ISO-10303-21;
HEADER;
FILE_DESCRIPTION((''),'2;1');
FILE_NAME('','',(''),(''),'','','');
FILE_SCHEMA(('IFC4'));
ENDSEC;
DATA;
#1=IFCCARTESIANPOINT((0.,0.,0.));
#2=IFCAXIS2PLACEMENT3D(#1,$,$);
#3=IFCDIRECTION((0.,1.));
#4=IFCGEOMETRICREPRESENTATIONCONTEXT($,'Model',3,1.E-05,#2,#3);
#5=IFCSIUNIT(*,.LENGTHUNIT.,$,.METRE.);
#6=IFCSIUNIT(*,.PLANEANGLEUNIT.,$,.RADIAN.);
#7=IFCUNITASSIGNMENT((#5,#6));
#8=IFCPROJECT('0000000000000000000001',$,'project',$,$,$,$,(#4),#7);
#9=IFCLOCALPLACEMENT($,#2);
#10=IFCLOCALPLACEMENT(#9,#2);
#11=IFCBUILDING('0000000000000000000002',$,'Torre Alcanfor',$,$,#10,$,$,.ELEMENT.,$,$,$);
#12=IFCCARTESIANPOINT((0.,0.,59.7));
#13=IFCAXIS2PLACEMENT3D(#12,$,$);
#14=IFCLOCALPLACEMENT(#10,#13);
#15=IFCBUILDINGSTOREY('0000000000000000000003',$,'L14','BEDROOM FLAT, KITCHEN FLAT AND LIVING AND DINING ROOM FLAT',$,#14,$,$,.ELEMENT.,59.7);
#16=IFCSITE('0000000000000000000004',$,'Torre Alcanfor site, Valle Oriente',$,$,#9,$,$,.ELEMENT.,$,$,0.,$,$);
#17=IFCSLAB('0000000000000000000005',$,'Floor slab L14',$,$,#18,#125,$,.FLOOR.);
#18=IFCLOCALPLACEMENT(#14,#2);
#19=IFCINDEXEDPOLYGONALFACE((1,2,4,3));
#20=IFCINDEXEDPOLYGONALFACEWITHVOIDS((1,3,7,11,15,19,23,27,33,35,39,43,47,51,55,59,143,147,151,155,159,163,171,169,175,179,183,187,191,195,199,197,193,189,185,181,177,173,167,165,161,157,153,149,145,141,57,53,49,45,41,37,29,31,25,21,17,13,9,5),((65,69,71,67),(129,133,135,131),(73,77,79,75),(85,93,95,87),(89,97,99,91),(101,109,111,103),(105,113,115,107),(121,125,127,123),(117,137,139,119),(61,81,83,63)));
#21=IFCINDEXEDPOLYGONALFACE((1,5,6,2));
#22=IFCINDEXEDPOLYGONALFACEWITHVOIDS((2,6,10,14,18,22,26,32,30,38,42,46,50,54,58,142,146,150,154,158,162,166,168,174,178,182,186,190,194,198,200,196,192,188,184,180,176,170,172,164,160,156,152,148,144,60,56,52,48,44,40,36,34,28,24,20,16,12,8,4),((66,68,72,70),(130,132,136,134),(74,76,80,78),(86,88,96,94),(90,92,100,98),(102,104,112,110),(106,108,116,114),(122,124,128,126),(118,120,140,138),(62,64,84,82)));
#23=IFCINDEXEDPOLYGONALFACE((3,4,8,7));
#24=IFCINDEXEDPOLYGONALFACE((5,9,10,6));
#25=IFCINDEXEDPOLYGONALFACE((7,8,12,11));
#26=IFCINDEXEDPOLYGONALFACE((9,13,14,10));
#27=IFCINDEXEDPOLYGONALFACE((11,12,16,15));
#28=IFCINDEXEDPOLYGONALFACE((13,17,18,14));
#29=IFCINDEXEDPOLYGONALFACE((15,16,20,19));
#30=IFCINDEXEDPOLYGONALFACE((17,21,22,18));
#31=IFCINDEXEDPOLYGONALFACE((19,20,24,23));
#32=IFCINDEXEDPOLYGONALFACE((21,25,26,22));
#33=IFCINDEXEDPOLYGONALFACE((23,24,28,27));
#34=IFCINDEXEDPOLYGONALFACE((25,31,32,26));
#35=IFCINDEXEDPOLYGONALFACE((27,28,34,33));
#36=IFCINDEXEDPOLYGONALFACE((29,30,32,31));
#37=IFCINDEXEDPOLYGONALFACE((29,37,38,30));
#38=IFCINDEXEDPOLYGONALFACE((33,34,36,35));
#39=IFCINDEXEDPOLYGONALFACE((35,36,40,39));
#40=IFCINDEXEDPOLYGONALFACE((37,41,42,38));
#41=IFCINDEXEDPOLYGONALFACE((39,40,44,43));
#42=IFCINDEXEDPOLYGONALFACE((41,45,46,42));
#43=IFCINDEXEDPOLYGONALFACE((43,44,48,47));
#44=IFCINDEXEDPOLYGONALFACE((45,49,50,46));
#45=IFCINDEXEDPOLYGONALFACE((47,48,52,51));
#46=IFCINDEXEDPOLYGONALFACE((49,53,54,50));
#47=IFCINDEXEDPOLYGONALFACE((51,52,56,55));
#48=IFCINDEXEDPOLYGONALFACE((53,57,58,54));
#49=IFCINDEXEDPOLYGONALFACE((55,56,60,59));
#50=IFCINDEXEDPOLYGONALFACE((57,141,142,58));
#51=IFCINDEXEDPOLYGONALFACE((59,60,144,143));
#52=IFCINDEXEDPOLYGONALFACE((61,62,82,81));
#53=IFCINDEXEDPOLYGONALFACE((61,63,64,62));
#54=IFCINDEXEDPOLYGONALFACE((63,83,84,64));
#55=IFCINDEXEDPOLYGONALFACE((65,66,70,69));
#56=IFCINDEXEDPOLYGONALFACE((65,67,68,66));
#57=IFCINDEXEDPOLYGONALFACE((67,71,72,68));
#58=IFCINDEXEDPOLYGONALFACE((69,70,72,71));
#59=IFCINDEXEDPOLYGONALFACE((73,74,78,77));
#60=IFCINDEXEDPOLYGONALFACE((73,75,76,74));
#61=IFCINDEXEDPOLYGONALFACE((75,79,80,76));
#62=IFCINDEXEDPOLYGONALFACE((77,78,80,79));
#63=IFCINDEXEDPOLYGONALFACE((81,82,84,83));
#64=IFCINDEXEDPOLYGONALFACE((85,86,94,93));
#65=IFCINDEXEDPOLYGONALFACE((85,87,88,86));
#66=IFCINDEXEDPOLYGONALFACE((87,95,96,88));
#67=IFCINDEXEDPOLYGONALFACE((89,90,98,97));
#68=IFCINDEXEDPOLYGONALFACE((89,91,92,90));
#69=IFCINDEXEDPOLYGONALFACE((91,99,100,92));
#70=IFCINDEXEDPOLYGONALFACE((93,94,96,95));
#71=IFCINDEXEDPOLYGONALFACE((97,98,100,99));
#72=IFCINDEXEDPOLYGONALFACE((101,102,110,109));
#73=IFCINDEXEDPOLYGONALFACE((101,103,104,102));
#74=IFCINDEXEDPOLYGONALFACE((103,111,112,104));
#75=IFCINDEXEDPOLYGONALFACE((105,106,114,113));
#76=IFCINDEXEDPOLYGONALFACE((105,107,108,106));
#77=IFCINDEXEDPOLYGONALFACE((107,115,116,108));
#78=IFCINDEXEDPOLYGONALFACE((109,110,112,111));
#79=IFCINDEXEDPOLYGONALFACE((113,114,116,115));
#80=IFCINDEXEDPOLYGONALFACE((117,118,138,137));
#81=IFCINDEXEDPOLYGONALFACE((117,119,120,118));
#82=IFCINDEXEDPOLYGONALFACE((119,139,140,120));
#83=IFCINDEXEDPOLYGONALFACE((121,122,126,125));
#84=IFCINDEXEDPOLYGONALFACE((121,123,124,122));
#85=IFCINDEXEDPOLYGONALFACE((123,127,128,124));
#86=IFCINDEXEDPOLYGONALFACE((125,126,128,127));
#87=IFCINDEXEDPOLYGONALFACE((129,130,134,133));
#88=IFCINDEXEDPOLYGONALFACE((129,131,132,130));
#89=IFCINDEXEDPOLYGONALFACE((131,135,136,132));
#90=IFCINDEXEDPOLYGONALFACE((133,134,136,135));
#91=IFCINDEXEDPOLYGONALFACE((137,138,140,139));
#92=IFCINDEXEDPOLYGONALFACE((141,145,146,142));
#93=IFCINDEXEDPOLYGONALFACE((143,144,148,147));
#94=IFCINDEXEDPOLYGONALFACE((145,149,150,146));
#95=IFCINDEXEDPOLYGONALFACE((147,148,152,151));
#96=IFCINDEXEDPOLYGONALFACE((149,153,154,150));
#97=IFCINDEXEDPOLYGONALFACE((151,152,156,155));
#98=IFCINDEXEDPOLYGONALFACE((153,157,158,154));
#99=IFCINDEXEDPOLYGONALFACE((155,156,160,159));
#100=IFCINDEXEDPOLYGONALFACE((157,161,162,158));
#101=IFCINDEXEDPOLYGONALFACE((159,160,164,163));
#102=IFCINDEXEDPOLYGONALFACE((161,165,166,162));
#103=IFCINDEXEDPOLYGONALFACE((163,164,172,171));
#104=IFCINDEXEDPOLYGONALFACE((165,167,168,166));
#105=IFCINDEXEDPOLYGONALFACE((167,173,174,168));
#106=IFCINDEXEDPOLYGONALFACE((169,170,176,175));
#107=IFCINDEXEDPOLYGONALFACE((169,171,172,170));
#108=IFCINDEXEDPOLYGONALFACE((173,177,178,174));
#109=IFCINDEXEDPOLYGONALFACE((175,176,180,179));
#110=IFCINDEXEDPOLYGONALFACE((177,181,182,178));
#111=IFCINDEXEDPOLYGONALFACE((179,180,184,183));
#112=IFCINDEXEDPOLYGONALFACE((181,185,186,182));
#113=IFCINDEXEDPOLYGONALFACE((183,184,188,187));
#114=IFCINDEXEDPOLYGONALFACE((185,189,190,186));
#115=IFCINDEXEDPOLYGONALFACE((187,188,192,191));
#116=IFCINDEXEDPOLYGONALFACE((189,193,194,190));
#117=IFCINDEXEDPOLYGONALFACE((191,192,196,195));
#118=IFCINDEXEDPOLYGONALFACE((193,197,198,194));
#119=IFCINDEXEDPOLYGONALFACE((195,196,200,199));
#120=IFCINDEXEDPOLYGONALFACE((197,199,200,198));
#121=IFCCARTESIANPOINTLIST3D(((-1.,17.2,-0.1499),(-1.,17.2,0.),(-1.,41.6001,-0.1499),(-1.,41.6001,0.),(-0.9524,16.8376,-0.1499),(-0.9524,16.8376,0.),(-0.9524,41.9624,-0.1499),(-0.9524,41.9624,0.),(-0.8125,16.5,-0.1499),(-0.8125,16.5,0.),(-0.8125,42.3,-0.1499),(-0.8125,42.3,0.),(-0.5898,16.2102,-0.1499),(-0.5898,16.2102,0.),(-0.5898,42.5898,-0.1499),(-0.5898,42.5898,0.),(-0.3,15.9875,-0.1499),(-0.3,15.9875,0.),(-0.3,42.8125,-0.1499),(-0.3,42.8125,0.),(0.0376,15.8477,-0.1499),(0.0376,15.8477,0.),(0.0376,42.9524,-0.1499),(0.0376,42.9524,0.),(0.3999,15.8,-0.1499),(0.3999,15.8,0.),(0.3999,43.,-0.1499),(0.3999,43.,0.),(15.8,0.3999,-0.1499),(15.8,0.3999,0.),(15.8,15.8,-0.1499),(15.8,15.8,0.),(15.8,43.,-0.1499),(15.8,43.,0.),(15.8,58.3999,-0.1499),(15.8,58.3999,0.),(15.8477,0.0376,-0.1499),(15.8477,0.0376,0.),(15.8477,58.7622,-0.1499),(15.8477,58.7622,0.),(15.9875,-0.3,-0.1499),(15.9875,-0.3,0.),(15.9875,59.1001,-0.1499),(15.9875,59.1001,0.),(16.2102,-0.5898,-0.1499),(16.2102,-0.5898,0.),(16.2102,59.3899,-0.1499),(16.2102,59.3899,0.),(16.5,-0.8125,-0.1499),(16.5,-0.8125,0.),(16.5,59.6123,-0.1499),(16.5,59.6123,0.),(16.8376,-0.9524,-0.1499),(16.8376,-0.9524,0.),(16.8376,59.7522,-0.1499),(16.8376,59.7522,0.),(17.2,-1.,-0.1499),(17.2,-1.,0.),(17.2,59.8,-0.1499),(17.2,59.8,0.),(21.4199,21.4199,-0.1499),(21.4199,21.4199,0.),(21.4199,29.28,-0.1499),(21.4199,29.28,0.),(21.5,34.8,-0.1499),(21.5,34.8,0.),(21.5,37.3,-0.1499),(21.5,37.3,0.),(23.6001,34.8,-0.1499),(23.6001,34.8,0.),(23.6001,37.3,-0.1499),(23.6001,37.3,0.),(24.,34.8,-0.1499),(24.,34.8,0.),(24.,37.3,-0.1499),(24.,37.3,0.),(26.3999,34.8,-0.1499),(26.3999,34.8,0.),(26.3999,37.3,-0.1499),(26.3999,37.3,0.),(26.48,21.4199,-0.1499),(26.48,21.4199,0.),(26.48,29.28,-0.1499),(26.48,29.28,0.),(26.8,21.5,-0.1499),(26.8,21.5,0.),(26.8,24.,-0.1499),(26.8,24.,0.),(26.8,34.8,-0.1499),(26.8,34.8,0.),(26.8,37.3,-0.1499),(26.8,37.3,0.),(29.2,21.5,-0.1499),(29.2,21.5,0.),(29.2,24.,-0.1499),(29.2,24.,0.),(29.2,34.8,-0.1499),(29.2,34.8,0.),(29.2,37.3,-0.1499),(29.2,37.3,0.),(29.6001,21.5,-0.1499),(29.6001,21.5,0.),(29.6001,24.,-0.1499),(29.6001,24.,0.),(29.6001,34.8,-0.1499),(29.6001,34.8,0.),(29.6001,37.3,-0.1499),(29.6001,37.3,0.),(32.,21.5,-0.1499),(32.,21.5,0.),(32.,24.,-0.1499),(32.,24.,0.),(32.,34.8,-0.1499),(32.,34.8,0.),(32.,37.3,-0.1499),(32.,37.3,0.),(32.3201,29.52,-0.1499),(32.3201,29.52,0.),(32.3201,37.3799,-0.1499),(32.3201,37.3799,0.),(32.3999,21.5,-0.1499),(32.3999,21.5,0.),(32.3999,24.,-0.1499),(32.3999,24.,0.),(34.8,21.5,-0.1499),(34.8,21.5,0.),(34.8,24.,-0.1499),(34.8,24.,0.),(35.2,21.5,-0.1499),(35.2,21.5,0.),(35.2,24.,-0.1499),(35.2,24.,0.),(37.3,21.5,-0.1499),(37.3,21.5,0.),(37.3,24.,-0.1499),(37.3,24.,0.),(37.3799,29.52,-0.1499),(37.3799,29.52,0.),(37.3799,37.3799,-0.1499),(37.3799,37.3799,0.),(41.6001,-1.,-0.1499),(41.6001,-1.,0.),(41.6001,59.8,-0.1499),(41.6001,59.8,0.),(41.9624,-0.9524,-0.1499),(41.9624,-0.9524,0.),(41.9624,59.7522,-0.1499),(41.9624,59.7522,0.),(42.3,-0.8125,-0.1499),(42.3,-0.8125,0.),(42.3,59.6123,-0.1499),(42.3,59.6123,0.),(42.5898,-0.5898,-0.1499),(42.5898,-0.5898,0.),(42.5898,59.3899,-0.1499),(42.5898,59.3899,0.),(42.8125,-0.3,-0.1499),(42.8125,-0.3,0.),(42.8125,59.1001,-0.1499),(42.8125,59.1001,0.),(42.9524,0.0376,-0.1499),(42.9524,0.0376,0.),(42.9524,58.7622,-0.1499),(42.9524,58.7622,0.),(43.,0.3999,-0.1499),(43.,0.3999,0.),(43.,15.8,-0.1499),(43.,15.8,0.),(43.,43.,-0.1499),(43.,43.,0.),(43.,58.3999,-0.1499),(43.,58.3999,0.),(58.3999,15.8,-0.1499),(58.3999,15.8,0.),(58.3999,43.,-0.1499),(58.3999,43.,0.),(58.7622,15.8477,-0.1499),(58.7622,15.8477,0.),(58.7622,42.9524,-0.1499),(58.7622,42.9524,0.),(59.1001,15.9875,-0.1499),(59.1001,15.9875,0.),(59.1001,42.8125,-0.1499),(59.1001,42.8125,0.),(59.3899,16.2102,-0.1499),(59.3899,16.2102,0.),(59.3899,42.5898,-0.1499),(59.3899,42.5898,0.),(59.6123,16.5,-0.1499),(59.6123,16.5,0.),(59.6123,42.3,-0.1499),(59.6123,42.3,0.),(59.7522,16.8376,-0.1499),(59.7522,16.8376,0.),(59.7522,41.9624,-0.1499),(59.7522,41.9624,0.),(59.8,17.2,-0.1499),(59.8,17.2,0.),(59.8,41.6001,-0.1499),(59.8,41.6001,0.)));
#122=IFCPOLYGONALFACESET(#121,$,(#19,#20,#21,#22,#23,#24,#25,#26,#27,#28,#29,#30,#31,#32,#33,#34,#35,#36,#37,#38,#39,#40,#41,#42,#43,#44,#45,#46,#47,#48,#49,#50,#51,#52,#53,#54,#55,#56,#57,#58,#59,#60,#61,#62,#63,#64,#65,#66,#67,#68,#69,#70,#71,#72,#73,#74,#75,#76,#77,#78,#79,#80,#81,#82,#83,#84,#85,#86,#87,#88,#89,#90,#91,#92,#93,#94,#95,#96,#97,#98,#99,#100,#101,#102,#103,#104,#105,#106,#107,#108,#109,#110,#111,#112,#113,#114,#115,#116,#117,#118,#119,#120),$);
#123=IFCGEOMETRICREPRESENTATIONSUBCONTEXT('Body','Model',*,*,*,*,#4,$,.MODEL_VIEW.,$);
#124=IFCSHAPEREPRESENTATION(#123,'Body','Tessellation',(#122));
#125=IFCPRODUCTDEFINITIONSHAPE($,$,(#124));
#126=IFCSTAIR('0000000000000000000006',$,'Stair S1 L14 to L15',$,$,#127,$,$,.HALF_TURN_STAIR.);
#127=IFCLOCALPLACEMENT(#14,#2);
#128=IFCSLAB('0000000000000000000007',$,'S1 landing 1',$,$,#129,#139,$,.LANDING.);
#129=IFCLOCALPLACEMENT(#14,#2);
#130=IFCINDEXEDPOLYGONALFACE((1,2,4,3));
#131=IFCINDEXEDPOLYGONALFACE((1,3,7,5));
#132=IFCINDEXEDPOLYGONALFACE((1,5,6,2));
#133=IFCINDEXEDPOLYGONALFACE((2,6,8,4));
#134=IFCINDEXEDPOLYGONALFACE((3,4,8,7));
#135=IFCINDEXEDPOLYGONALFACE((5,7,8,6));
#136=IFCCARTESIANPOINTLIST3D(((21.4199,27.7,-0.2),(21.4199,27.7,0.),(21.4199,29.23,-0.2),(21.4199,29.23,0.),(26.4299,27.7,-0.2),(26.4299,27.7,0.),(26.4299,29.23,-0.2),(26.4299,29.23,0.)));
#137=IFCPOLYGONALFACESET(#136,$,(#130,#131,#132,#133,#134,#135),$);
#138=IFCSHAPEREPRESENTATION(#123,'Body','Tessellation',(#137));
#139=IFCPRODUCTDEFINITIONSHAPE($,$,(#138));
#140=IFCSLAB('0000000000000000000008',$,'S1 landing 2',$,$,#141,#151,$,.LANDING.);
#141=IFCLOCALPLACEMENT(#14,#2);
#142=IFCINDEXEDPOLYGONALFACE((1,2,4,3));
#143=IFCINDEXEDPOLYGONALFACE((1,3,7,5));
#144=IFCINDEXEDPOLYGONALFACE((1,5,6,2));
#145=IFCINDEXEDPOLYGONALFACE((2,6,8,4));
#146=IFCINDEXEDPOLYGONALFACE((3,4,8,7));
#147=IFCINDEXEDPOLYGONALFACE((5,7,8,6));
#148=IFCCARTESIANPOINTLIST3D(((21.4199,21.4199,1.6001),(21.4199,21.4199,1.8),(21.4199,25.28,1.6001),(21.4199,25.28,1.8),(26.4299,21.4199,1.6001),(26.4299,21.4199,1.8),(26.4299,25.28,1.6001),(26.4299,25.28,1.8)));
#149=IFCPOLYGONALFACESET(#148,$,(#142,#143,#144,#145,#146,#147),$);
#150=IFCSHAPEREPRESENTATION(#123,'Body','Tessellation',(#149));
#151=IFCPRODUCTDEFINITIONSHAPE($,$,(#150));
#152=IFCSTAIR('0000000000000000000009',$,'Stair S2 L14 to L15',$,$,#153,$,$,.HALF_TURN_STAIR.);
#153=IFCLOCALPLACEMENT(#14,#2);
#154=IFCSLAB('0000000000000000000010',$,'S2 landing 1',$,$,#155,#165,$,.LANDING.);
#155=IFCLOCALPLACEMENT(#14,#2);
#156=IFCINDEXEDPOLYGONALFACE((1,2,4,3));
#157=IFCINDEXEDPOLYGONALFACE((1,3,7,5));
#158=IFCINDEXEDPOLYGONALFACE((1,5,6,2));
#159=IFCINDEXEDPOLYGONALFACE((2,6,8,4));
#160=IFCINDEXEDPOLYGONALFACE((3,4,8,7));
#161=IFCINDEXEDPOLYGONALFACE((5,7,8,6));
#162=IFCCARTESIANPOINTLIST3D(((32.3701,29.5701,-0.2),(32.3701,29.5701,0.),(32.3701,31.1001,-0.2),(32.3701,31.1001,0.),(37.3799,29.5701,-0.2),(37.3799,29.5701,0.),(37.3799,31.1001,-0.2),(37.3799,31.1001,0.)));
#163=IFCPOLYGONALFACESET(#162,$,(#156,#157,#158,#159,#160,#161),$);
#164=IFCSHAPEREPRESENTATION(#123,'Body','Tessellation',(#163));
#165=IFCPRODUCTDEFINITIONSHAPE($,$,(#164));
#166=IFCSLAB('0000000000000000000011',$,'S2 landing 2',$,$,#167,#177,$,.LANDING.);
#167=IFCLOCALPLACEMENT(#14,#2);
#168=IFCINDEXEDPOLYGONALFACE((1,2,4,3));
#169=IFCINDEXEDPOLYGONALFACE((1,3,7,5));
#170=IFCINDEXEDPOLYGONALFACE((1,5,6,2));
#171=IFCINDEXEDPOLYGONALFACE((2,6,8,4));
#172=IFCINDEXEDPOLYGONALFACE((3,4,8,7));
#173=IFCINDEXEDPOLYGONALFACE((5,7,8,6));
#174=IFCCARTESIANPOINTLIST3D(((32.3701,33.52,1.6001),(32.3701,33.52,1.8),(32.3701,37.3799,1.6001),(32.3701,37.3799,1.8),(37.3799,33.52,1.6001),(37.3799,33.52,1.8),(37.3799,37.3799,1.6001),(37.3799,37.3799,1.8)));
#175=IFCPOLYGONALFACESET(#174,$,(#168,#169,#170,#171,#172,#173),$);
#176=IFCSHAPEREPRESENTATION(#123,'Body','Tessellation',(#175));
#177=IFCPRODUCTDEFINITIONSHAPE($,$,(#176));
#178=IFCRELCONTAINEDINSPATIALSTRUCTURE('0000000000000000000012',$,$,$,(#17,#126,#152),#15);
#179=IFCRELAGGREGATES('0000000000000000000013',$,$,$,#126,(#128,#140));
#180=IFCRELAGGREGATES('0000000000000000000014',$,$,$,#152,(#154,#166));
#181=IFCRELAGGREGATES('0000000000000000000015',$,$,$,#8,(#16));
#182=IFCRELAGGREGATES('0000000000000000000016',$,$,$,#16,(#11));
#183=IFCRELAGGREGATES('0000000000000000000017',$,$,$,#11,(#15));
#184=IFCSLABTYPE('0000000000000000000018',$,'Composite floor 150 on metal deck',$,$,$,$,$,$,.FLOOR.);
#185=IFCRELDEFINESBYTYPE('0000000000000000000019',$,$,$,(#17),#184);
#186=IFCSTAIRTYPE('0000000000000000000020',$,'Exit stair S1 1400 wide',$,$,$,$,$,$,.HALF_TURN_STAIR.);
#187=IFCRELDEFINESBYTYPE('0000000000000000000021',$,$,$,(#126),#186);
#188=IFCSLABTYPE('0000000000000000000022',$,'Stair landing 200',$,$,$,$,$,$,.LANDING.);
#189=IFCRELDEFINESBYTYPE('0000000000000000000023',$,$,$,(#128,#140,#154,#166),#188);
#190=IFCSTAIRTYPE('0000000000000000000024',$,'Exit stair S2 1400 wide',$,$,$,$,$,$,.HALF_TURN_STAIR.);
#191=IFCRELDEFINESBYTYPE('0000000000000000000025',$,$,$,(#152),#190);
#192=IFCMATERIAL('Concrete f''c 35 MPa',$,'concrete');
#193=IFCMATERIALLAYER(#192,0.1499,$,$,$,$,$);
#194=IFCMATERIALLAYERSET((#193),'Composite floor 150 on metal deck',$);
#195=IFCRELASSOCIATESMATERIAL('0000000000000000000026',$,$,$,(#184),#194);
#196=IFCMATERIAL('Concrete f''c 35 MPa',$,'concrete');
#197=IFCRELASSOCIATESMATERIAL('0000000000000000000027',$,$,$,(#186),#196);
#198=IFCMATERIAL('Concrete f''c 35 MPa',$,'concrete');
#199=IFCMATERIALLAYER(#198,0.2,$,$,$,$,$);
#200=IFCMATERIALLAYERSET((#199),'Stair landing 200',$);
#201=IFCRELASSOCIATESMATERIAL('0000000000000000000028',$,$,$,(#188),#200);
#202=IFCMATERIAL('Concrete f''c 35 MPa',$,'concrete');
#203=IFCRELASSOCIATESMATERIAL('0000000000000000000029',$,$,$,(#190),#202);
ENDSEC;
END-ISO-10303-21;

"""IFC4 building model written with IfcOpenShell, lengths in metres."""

from ifc_helpers import new_model, si_unit, direction, frame, origin, place, context, subcontext, project, spatial, polyline, outline, extrude, material, layer, layer_set, type_object, element, aggregate, save


model = new_model("IFC4")

# Units and contexts
model_context = context("Model", 3, precision=1e-05, world=origin(), true_north=direction((0.0, 1.0)))
body_context = subcontext(model_context, "Body", "Model", "MODEL_VIEW")
ifc_project = project(units=[si_unit("LENGTHUNIT", "METRE"), si_unit("PLANEANGLEUNIT", "RADIAN")], contexts=[model_context])

# Site, building, storey
site_placement = place(None, origin())
site = spatial("IfcSite", under=ifc_project, at=site_placement, Name="Torre Alcanfor site, Valle Oriente", CompositionType="ELEMENT", RefElevation=0.0)
building_placement = place(site_placement, origin())
building = spatial("IfcBuilding", under=site, at=building_placement, Name="Torre Alcanfor", CompositionType="ELEMENT")
storey_placement = place(building_placement, frame((0.0, 0.0, 59.7)))
storey = spatial("IfcBuildingStorey", under=building, at=storey_placement, Name="L14", Description="BEDROOM FLAT, KITCHEN FLAT AND LIVING AND DINING ROOM FLAT", CompositionType="ELEMENT", Elevation=59.7)

# Slab
ifc_material_1 = material(Name="Concrete f'c 35 MPa", Category="concrete")
ifc_layer_1 = layer(ifc_material_1, 0.1499)
ifc_layer_set_1 = layer_set([ifc_layer_1], Name="Composite floor 150 on metal deck")
slab_type_1 = type_object("IfcSlabType", Name="Composite floor 150 on metal deck", PredefinedType="FLOOR", material=ifc_layer_set_1)
slab_1_placement = place(storey_placement, frame((0.0, 0.0, -0.1499)))
element("IfcSlab", 1, at=slab_1_placement, inside=storey, type_object=slab_type_1, Name="Floor slab L14", PredefinedType="FLOOR", context=body_context, shape_type="SweptSolid", body=[
    extrude(outline(polyline([(15.8, 43.0), (0.3999, 43.0), (0.0376, 42.9524), (-0.3, 42.8125), (-0.5898, 42.5898), (-0.8125, 42.3), (-0.9524, 41.9624), (-1.0, 41.6001), (-1.0, 17.2), (-0.9524, 16.8376), (-0.8125, 16.5), (-0.5898, 16.2102), (-0.3, 15.9875), (0.0376, 15.8477), (0.3999, 15.8), (15.8, 15.8), (15.8, 0.3999), (15.8477, 0.0376), (15.9875, -0.3), (16.2102, -0.5898), (16.5, -0.8125), (16.8376, -0.9524), (17.2, -1.0), (41.6001, -1.0), (41.9624, -0.9524), (42.3, -0.8125), (42.5898, -0.5898), (42.8125, -0.3), (42.9524, 0.0376), (43.0, 0.3999), (43.0, 15.8), (58.3999, 15.8), (58.7622, 15.8477), (59.1001, 15.9875), (59.3899, 16.2102), (59.6123, 16.5), (59.7522, 16.8376), (59.8, 17.2), (59.8, 41.6001), (59.7522, 41.9624), (59.6123, 42.3), (59.3899, 42.5898), (59.1001, 42.8125), (58.7622, 42.9524), (58.3999, 43.0), (43.0, 43.0), (43.0, 58.3999), (42.9524, 58.7622), (42.8125, 59.1001), (42.5898, 59.3899), (42.3, 59.6123), (41.9624, 59.7522), (41.6001, 59.8), (17.2, 59.8), (16.8376, 59.7522), (16.5, 59.6123), (16.2102, 59.3899), (15.9875, 59.1001), (15.8477, 58.7622), (15.8, 58.3999), (15.8, 43.0)]), holes=[polyline([(21.4199, 21.4199), (26.48, 21.4199), (26.48, 29.28), (21.4199, 29.28), (21.4199, 21.4199)]), polyline([(32.3201, 29.52), (37.3799, 29.52), (37.3799, 37.3799), (32.3201, 37.3799), (32.3201, 29.52)]), polyline([(26.8, 21.5), (29.2, 21.5), (29.2, 24.0), (26.8, 24.0), (26.8, 21.5)]), polyline([(29.6001, 21.5), (32.0, 21.5), (32.0, 24.0), (29.6001, 24.0), (29.6001, 21.5)]), polyline([(32.3999, 21.5), (34.8, 21.5), (34.8, 24.0), (32.3999, 24.0), (32.3999, 21.5)]), polyline([(35.2, 21.5), (37.3, 21.5), (37.3, 24.0), (35.2, 24.0), (35.2, 21.5)]), polyline([(21.5, 34.8), (23.6001, 34.8), (23.6001, 37.3), (21.5, 37.3), (21.5, 34.8)]), polyline([(24.0, 34.8), (26.3999, 34.8), (26.3999, 37.3), (24.0, 37.3), (24.0, 34.8)]), polyline([(26.8, 34.8), (29.2, 34.8), (29.2, 37.3), (26.8, 37.3), (26.8, 34.8)]), polyline([(29.6001, 34.8), (32.0, 34.8), (32.0, 37.3), (29.6001, 37.3), (29.6001, 34.8)])]), origin(), (0.0, 0.0, 1.0), 0.1499),
])

# Stairs, slabs
ifc_material_2 = material(Name="Concrete f'c 35 MPa", Category="concrete")
stair_type_1 = type_object("IfcStairType", Name="Exit stair S1 1400 wide", PredefinedType="HALF_TURN_STAIR", material=ifc_material_2)
stair_1_placement = place(storey_placement, origin())
stair_1 = element("IfcStair", 2, at=stair_1_placement, inside=storey, type_object=stair_type_1, Name="Stair S1 L14 to L15", PredefinedType="HALF_TURN_STAIR")
ifc_material_3 = material(Name="Concrete f'c 35 MPa", Category="concrete")
ifc_layer_2 = layer(ifc_material_3, 0.2)
ifc_layer_set_2 = layer_set([ifc_layer_2], Name="Stair landing 200")
slab_type_2 = type_object("IfcSlabType", Name="Stair landing 200", PredefinedType="LANDING", material=ifc_layer_set_2)
slab_2_placement = place(storey_placement, frame((0.0, 0.0, -0.2)))
slab_2 = element("IfcSlab", 3, at=slab_2_placement, type_object=slab_type_2, Name="S1 landing 1", PredefinedType="LANDING", context=body_context, shape_type="SweptSolid", body=[
    extrude(outline(polyline([(21.4199, 27.7), (26.4299, 27.7), (26.4299, 29.23), (21.4199, 29.23), (21.4199, 27.7)])), origin(), (0.0, 0.0, 1.0), 0.2),
])
slab_3_placement = place(storey_placement, frame((0.0, 0.0, 1.6001)))
slab_3 = element("IfcSlab", 4, at=slab_3_placement, type_object=slab_type_2, Name="S1 landing 2", PredefinedType="LANDING", context=body_context, shape_type="SweptSolid", body=[
    extrude(outline(polyline([(21.4199, 21.4199), (26.4299, 21.4199), (26.4299, 25.28), (21.4199, 25.28), (21.4199, 21.4199)])), origin(), (0.0, 0.0, 1.0), 0.2),
])
aggregate(stair_1, [slab_2, slab_3])
ifc_material_4 = material(Name="Concrete f'c 35 MPa", Category="concrete")
stair_type_2 = type_object("IfcStairType", Name="Exit stair S2 1400 wide", PredefinedType="HALF_TURN_STAIR", material=ifc_material_4)
stair_2_placement = place(storey_placement, origin())
stair_2 = element("IfcStair", 5, at=stair_2_placement, inside=storey, type_object=stair_type_2, Name="Stair S2 L14 to L15", PredefinedType="HALF_TURN_STAIR")
slab_4_placement = place(storey_placement, frame((0.0, 0.0, -0.2)))
slab_4 = element("IfcSlab", 6, at=slab_4_placement, type_object=slab_type_2, Name="S2 landing 1", PredefinedType="LANDING", context=body_context, shape_type="SweptSolid", body=[
    extrude(outline(polyline([(32.3701, 29.5701), (37.3799, 29.5701), (37.3799, 31.1001), (32.3701, 31.1001), (32.3701, 29.5701)])), origin(), (0.0, 0.0, 1.0), 0.2),
])
slab_5_placement = place(storey_placement, frame((0.0, 0.0, 1.6001)))
slab_5 = element("IfcSlab", 7, at=slab_5_placement, type_object=slab_type_2, Name="S2 landing 2", PredefinedType="LANDING", context=body_context, shape_type="SweptSolid", body=[
    extrude(outline(polyline([(32.3701, 33.52), (37.3799, 33.52), (37.3799, 37.3799), (32.3701, 37.3799), (32.3701, 33.52)])), origin(), (0.0, 0.0, 1.0), 0.2),
])
aggregate(stair_2, [slab_4, slab_5])

save(model, "model.ifc")
